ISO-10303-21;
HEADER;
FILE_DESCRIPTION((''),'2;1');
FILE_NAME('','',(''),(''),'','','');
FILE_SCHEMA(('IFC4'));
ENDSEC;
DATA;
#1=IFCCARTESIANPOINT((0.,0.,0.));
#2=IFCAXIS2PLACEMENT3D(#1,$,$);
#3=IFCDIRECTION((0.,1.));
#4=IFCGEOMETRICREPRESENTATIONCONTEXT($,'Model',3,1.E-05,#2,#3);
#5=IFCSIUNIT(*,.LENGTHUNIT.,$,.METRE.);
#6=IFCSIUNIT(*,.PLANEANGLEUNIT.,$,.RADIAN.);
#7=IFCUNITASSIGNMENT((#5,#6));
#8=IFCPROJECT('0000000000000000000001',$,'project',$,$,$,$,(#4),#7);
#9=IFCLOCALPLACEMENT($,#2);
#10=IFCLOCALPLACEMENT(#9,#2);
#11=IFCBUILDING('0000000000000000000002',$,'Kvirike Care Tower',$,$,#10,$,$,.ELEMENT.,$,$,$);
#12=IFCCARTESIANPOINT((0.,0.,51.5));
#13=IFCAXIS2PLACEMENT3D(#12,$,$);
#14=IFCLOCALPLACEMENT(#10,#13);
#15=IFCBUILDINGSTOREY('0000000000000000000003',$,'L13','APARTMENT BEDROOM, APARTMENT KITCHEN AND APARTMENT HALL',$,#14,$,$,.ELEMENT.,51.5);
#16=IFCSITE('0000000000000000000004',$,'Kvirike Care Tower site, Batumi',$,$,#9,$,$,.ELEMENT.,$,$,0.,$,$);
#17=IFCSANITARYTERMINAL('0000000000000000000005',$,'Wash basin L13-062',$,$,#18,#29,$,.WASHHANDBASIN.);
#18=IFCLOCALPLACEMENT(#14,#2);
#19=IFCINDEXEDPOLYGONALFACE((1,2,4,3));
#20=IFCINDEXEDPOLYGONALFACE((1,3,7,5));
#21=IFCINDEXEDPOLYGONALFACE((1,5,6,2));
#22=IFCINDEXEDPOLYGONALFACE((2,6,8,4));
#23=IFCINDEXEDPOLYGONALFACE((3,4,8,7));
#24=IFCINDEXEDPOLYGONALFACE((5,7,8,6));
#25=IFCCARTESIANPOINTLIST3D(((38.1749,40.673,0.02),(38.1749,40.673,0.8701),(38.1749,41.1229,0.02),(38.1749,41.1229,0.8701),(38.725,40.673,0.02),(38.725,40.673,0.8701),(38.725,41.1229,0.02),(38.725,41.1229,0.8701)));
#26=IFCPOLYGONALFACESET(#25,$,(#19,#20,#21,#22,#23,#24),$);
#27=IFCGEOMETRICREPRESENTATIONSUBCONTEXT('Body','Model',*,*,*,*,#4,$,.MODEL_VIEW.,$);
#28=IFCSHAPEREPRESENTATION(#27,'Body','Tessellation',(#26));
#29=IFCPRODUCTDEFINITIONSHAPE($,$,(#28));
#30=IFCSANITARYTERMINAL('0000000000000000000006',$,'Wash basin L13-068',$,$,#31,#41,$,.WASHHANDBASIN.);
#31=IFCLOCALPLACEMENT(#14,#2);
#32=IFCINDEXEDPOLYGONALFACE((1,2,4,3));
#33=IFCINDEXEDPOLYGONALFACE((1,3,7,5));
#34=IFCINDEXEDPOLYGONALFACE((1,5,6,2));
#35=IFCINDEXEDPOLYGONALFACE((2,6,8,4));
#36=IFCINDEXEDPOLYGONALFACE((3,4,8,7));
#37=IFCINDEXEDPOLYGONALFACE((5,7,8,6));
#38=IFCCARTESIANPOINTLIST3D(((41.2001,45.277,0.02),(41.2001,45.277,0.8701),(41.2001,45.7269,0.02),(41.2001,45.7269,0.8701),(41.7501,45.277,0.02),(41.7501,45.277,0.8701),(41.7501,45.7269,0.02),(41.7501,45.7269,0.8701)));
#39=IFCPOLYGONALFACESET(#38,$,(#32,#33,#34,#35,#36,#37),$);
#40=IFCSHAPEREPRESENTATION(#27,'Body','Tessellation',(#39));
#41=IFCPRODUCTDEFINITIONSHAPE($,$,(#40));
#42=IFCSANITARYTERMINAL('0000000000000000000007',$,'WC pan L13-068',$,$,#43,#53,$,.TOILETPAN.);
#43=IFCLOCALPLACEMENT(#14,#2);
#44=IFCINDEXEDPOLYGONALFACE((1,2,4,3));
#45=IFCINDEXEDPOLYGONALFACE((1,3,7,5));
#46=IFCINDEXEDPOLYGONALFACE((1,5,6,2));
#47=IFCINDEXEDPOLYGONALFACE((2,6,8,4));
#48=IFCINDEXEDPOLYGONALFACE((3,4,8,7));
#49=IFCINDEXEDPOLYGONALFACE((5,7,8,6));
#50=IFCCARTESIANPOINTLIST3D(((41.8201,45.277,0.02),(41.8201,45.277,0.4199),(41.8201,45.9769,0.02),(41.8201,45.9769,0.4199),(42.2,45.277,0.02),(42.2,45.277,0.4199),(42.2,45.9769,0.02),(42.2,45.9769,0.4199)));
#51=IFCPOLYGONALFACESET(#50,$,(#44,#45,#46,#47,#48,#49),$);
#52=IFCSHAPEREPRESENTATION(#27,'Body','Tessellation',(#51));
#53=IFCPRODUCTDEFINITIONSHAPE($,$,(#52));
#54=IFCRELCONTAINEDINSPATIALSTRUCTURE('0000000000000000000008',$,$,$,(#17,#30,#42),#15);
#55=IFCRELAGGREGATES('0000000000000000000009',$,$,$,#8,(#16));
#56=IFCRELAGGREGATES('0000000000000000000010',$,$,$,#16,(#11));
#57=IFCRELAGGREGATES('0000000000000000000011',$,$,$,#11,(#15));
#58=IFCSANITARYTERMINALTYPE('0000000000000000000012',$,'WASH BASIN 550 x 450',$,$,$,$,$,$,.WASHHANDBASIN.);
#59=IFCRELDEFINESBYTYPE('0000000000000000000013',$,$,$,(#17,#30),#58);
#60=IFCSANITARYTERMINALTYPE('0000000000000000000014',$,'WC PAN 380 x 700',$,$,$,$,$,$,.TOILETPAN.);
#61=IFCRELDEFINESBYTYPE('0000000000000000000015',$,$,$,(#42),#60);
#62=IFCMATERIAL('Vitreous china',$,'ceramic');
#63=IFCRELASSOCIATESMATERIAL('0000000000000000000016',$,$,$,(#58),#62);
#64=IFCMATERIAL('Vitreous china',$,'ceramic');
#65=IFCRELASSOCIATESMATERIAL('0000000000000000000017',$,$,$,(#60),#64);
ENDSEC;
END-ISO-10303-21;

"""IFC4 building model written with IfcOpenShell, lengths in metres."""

from ifc_helpers import new_model, si_unit, direction, frame, origin, origin_2d, place, context, subcontext, project, spatial, rectangle, extrude, material, type_object, element, save


model = new_model("IFC4")

# Units and contexts
model_context = context("Model", 3, precision=1e-05, world=origin(), true_north=direction((0.0, 1.0)))
body_context = subcontext(model_context, "Body", "Model", "MODEL_VIEW")
ifc_project = project(units=[si_unit("LENGTHUNIT", "METRE"), si_unit("PLANEANGLEUNIT", "RADIAN")], contexts=[model_context])

# Site, building, storey
site_placement = place(None, origin())
site = spatial("IfcSite", under=ifc_project, at=site_placement, Name="Kvirike Care Tower site, Batumi", CompositionType="ELEMENT", RefElevation=0.0)
building_placement = place(site_placement, origin())
building = spatial("IfcBuilding", under=site, at=building_placement, Name="Kvirike Care Tower", CompositionType="ELEMENT")
storey_placement = place(building_placement, frame((0.0, 0.0, 51.5)))
storey = spatial("IfcBuildingStorey", under=building, at=storey_placement, Name="L13", Description="APARTMENT BEDROOM, APARTMENT KITCHEN AND APARTMENT HALL", CompositionType="ELEMENT", Elevation=51.5)

# Sanitary terminals
ifc_material_1 = material(Name="Vitreous china", Category="ceramic")
sanitary_terminal_type_1 = type_object("IfcSanitaryTerminalType", Name="WASH BASIN 550 x 450", PredefinedType="WASHHANDBASIN", material=ifc_material_1)
for number, where, z_axis, x_axis, name in (
    (1, (38.45, 40.8979, 0.02), (0.0, 0.0, 1.0), (1.0, 0.0, 0.0), "Wash basin L13-062"),
    (2, (41.4751, 45.502, 0.02), (0.0, 0.0, 1.0), (-1.0, 0.0, 0.0), "Wash basin L13-068"),
):
    element("IfcSanitaryTerminal", number, at=place(storey_placement, frame(where, z_axis=z_axis, x_axis=x_axis)), inside=storey, type_object=sanitary_terminal_type_1, Name=name, PredefinedType="WASHHANDBASIN", context=body_context, shape_type="SweptSolid", body=[
        extrude(rectangle(XDim=0.55, YDim=0.45, at=origin_2d()), origin(), (0.0, 0.0, 1.0), 0.8501),
    ])
ifc_material_2 = material(Name="Vitreous china", Category="ceramic")
sanitary_terminal_type_2 = type_object("IfcSanitaryTerminalType", Name="WC PAN 380 x 700", PredefinedType="TOILETPAN", material=ifc_material_2)
sanitary_terminal_1_placement = place(storey_placement, frame((42.01, 45.627, 0.02), z_axis=(0.0, 0.0, 1.0), x_axis=(-1.0, 0.0, 0.0)))
element("IfcSanitaryTerminal", 3, at=sanitary_terminal_1_placement, inside=storey, type_object=sanitary_terminal_type_2, Name="WC pan L13-068", PredefinedType="TOILETPAN", context=body_context, shape_type="SweptSolid", body=[
    extrude(rectangle(XDim=0.3799, YDim=0.7, at=origin_2d()), origin(), (0.0, 0.0, 1.0), 0.3999),
])

save(model, "model.ifc")
